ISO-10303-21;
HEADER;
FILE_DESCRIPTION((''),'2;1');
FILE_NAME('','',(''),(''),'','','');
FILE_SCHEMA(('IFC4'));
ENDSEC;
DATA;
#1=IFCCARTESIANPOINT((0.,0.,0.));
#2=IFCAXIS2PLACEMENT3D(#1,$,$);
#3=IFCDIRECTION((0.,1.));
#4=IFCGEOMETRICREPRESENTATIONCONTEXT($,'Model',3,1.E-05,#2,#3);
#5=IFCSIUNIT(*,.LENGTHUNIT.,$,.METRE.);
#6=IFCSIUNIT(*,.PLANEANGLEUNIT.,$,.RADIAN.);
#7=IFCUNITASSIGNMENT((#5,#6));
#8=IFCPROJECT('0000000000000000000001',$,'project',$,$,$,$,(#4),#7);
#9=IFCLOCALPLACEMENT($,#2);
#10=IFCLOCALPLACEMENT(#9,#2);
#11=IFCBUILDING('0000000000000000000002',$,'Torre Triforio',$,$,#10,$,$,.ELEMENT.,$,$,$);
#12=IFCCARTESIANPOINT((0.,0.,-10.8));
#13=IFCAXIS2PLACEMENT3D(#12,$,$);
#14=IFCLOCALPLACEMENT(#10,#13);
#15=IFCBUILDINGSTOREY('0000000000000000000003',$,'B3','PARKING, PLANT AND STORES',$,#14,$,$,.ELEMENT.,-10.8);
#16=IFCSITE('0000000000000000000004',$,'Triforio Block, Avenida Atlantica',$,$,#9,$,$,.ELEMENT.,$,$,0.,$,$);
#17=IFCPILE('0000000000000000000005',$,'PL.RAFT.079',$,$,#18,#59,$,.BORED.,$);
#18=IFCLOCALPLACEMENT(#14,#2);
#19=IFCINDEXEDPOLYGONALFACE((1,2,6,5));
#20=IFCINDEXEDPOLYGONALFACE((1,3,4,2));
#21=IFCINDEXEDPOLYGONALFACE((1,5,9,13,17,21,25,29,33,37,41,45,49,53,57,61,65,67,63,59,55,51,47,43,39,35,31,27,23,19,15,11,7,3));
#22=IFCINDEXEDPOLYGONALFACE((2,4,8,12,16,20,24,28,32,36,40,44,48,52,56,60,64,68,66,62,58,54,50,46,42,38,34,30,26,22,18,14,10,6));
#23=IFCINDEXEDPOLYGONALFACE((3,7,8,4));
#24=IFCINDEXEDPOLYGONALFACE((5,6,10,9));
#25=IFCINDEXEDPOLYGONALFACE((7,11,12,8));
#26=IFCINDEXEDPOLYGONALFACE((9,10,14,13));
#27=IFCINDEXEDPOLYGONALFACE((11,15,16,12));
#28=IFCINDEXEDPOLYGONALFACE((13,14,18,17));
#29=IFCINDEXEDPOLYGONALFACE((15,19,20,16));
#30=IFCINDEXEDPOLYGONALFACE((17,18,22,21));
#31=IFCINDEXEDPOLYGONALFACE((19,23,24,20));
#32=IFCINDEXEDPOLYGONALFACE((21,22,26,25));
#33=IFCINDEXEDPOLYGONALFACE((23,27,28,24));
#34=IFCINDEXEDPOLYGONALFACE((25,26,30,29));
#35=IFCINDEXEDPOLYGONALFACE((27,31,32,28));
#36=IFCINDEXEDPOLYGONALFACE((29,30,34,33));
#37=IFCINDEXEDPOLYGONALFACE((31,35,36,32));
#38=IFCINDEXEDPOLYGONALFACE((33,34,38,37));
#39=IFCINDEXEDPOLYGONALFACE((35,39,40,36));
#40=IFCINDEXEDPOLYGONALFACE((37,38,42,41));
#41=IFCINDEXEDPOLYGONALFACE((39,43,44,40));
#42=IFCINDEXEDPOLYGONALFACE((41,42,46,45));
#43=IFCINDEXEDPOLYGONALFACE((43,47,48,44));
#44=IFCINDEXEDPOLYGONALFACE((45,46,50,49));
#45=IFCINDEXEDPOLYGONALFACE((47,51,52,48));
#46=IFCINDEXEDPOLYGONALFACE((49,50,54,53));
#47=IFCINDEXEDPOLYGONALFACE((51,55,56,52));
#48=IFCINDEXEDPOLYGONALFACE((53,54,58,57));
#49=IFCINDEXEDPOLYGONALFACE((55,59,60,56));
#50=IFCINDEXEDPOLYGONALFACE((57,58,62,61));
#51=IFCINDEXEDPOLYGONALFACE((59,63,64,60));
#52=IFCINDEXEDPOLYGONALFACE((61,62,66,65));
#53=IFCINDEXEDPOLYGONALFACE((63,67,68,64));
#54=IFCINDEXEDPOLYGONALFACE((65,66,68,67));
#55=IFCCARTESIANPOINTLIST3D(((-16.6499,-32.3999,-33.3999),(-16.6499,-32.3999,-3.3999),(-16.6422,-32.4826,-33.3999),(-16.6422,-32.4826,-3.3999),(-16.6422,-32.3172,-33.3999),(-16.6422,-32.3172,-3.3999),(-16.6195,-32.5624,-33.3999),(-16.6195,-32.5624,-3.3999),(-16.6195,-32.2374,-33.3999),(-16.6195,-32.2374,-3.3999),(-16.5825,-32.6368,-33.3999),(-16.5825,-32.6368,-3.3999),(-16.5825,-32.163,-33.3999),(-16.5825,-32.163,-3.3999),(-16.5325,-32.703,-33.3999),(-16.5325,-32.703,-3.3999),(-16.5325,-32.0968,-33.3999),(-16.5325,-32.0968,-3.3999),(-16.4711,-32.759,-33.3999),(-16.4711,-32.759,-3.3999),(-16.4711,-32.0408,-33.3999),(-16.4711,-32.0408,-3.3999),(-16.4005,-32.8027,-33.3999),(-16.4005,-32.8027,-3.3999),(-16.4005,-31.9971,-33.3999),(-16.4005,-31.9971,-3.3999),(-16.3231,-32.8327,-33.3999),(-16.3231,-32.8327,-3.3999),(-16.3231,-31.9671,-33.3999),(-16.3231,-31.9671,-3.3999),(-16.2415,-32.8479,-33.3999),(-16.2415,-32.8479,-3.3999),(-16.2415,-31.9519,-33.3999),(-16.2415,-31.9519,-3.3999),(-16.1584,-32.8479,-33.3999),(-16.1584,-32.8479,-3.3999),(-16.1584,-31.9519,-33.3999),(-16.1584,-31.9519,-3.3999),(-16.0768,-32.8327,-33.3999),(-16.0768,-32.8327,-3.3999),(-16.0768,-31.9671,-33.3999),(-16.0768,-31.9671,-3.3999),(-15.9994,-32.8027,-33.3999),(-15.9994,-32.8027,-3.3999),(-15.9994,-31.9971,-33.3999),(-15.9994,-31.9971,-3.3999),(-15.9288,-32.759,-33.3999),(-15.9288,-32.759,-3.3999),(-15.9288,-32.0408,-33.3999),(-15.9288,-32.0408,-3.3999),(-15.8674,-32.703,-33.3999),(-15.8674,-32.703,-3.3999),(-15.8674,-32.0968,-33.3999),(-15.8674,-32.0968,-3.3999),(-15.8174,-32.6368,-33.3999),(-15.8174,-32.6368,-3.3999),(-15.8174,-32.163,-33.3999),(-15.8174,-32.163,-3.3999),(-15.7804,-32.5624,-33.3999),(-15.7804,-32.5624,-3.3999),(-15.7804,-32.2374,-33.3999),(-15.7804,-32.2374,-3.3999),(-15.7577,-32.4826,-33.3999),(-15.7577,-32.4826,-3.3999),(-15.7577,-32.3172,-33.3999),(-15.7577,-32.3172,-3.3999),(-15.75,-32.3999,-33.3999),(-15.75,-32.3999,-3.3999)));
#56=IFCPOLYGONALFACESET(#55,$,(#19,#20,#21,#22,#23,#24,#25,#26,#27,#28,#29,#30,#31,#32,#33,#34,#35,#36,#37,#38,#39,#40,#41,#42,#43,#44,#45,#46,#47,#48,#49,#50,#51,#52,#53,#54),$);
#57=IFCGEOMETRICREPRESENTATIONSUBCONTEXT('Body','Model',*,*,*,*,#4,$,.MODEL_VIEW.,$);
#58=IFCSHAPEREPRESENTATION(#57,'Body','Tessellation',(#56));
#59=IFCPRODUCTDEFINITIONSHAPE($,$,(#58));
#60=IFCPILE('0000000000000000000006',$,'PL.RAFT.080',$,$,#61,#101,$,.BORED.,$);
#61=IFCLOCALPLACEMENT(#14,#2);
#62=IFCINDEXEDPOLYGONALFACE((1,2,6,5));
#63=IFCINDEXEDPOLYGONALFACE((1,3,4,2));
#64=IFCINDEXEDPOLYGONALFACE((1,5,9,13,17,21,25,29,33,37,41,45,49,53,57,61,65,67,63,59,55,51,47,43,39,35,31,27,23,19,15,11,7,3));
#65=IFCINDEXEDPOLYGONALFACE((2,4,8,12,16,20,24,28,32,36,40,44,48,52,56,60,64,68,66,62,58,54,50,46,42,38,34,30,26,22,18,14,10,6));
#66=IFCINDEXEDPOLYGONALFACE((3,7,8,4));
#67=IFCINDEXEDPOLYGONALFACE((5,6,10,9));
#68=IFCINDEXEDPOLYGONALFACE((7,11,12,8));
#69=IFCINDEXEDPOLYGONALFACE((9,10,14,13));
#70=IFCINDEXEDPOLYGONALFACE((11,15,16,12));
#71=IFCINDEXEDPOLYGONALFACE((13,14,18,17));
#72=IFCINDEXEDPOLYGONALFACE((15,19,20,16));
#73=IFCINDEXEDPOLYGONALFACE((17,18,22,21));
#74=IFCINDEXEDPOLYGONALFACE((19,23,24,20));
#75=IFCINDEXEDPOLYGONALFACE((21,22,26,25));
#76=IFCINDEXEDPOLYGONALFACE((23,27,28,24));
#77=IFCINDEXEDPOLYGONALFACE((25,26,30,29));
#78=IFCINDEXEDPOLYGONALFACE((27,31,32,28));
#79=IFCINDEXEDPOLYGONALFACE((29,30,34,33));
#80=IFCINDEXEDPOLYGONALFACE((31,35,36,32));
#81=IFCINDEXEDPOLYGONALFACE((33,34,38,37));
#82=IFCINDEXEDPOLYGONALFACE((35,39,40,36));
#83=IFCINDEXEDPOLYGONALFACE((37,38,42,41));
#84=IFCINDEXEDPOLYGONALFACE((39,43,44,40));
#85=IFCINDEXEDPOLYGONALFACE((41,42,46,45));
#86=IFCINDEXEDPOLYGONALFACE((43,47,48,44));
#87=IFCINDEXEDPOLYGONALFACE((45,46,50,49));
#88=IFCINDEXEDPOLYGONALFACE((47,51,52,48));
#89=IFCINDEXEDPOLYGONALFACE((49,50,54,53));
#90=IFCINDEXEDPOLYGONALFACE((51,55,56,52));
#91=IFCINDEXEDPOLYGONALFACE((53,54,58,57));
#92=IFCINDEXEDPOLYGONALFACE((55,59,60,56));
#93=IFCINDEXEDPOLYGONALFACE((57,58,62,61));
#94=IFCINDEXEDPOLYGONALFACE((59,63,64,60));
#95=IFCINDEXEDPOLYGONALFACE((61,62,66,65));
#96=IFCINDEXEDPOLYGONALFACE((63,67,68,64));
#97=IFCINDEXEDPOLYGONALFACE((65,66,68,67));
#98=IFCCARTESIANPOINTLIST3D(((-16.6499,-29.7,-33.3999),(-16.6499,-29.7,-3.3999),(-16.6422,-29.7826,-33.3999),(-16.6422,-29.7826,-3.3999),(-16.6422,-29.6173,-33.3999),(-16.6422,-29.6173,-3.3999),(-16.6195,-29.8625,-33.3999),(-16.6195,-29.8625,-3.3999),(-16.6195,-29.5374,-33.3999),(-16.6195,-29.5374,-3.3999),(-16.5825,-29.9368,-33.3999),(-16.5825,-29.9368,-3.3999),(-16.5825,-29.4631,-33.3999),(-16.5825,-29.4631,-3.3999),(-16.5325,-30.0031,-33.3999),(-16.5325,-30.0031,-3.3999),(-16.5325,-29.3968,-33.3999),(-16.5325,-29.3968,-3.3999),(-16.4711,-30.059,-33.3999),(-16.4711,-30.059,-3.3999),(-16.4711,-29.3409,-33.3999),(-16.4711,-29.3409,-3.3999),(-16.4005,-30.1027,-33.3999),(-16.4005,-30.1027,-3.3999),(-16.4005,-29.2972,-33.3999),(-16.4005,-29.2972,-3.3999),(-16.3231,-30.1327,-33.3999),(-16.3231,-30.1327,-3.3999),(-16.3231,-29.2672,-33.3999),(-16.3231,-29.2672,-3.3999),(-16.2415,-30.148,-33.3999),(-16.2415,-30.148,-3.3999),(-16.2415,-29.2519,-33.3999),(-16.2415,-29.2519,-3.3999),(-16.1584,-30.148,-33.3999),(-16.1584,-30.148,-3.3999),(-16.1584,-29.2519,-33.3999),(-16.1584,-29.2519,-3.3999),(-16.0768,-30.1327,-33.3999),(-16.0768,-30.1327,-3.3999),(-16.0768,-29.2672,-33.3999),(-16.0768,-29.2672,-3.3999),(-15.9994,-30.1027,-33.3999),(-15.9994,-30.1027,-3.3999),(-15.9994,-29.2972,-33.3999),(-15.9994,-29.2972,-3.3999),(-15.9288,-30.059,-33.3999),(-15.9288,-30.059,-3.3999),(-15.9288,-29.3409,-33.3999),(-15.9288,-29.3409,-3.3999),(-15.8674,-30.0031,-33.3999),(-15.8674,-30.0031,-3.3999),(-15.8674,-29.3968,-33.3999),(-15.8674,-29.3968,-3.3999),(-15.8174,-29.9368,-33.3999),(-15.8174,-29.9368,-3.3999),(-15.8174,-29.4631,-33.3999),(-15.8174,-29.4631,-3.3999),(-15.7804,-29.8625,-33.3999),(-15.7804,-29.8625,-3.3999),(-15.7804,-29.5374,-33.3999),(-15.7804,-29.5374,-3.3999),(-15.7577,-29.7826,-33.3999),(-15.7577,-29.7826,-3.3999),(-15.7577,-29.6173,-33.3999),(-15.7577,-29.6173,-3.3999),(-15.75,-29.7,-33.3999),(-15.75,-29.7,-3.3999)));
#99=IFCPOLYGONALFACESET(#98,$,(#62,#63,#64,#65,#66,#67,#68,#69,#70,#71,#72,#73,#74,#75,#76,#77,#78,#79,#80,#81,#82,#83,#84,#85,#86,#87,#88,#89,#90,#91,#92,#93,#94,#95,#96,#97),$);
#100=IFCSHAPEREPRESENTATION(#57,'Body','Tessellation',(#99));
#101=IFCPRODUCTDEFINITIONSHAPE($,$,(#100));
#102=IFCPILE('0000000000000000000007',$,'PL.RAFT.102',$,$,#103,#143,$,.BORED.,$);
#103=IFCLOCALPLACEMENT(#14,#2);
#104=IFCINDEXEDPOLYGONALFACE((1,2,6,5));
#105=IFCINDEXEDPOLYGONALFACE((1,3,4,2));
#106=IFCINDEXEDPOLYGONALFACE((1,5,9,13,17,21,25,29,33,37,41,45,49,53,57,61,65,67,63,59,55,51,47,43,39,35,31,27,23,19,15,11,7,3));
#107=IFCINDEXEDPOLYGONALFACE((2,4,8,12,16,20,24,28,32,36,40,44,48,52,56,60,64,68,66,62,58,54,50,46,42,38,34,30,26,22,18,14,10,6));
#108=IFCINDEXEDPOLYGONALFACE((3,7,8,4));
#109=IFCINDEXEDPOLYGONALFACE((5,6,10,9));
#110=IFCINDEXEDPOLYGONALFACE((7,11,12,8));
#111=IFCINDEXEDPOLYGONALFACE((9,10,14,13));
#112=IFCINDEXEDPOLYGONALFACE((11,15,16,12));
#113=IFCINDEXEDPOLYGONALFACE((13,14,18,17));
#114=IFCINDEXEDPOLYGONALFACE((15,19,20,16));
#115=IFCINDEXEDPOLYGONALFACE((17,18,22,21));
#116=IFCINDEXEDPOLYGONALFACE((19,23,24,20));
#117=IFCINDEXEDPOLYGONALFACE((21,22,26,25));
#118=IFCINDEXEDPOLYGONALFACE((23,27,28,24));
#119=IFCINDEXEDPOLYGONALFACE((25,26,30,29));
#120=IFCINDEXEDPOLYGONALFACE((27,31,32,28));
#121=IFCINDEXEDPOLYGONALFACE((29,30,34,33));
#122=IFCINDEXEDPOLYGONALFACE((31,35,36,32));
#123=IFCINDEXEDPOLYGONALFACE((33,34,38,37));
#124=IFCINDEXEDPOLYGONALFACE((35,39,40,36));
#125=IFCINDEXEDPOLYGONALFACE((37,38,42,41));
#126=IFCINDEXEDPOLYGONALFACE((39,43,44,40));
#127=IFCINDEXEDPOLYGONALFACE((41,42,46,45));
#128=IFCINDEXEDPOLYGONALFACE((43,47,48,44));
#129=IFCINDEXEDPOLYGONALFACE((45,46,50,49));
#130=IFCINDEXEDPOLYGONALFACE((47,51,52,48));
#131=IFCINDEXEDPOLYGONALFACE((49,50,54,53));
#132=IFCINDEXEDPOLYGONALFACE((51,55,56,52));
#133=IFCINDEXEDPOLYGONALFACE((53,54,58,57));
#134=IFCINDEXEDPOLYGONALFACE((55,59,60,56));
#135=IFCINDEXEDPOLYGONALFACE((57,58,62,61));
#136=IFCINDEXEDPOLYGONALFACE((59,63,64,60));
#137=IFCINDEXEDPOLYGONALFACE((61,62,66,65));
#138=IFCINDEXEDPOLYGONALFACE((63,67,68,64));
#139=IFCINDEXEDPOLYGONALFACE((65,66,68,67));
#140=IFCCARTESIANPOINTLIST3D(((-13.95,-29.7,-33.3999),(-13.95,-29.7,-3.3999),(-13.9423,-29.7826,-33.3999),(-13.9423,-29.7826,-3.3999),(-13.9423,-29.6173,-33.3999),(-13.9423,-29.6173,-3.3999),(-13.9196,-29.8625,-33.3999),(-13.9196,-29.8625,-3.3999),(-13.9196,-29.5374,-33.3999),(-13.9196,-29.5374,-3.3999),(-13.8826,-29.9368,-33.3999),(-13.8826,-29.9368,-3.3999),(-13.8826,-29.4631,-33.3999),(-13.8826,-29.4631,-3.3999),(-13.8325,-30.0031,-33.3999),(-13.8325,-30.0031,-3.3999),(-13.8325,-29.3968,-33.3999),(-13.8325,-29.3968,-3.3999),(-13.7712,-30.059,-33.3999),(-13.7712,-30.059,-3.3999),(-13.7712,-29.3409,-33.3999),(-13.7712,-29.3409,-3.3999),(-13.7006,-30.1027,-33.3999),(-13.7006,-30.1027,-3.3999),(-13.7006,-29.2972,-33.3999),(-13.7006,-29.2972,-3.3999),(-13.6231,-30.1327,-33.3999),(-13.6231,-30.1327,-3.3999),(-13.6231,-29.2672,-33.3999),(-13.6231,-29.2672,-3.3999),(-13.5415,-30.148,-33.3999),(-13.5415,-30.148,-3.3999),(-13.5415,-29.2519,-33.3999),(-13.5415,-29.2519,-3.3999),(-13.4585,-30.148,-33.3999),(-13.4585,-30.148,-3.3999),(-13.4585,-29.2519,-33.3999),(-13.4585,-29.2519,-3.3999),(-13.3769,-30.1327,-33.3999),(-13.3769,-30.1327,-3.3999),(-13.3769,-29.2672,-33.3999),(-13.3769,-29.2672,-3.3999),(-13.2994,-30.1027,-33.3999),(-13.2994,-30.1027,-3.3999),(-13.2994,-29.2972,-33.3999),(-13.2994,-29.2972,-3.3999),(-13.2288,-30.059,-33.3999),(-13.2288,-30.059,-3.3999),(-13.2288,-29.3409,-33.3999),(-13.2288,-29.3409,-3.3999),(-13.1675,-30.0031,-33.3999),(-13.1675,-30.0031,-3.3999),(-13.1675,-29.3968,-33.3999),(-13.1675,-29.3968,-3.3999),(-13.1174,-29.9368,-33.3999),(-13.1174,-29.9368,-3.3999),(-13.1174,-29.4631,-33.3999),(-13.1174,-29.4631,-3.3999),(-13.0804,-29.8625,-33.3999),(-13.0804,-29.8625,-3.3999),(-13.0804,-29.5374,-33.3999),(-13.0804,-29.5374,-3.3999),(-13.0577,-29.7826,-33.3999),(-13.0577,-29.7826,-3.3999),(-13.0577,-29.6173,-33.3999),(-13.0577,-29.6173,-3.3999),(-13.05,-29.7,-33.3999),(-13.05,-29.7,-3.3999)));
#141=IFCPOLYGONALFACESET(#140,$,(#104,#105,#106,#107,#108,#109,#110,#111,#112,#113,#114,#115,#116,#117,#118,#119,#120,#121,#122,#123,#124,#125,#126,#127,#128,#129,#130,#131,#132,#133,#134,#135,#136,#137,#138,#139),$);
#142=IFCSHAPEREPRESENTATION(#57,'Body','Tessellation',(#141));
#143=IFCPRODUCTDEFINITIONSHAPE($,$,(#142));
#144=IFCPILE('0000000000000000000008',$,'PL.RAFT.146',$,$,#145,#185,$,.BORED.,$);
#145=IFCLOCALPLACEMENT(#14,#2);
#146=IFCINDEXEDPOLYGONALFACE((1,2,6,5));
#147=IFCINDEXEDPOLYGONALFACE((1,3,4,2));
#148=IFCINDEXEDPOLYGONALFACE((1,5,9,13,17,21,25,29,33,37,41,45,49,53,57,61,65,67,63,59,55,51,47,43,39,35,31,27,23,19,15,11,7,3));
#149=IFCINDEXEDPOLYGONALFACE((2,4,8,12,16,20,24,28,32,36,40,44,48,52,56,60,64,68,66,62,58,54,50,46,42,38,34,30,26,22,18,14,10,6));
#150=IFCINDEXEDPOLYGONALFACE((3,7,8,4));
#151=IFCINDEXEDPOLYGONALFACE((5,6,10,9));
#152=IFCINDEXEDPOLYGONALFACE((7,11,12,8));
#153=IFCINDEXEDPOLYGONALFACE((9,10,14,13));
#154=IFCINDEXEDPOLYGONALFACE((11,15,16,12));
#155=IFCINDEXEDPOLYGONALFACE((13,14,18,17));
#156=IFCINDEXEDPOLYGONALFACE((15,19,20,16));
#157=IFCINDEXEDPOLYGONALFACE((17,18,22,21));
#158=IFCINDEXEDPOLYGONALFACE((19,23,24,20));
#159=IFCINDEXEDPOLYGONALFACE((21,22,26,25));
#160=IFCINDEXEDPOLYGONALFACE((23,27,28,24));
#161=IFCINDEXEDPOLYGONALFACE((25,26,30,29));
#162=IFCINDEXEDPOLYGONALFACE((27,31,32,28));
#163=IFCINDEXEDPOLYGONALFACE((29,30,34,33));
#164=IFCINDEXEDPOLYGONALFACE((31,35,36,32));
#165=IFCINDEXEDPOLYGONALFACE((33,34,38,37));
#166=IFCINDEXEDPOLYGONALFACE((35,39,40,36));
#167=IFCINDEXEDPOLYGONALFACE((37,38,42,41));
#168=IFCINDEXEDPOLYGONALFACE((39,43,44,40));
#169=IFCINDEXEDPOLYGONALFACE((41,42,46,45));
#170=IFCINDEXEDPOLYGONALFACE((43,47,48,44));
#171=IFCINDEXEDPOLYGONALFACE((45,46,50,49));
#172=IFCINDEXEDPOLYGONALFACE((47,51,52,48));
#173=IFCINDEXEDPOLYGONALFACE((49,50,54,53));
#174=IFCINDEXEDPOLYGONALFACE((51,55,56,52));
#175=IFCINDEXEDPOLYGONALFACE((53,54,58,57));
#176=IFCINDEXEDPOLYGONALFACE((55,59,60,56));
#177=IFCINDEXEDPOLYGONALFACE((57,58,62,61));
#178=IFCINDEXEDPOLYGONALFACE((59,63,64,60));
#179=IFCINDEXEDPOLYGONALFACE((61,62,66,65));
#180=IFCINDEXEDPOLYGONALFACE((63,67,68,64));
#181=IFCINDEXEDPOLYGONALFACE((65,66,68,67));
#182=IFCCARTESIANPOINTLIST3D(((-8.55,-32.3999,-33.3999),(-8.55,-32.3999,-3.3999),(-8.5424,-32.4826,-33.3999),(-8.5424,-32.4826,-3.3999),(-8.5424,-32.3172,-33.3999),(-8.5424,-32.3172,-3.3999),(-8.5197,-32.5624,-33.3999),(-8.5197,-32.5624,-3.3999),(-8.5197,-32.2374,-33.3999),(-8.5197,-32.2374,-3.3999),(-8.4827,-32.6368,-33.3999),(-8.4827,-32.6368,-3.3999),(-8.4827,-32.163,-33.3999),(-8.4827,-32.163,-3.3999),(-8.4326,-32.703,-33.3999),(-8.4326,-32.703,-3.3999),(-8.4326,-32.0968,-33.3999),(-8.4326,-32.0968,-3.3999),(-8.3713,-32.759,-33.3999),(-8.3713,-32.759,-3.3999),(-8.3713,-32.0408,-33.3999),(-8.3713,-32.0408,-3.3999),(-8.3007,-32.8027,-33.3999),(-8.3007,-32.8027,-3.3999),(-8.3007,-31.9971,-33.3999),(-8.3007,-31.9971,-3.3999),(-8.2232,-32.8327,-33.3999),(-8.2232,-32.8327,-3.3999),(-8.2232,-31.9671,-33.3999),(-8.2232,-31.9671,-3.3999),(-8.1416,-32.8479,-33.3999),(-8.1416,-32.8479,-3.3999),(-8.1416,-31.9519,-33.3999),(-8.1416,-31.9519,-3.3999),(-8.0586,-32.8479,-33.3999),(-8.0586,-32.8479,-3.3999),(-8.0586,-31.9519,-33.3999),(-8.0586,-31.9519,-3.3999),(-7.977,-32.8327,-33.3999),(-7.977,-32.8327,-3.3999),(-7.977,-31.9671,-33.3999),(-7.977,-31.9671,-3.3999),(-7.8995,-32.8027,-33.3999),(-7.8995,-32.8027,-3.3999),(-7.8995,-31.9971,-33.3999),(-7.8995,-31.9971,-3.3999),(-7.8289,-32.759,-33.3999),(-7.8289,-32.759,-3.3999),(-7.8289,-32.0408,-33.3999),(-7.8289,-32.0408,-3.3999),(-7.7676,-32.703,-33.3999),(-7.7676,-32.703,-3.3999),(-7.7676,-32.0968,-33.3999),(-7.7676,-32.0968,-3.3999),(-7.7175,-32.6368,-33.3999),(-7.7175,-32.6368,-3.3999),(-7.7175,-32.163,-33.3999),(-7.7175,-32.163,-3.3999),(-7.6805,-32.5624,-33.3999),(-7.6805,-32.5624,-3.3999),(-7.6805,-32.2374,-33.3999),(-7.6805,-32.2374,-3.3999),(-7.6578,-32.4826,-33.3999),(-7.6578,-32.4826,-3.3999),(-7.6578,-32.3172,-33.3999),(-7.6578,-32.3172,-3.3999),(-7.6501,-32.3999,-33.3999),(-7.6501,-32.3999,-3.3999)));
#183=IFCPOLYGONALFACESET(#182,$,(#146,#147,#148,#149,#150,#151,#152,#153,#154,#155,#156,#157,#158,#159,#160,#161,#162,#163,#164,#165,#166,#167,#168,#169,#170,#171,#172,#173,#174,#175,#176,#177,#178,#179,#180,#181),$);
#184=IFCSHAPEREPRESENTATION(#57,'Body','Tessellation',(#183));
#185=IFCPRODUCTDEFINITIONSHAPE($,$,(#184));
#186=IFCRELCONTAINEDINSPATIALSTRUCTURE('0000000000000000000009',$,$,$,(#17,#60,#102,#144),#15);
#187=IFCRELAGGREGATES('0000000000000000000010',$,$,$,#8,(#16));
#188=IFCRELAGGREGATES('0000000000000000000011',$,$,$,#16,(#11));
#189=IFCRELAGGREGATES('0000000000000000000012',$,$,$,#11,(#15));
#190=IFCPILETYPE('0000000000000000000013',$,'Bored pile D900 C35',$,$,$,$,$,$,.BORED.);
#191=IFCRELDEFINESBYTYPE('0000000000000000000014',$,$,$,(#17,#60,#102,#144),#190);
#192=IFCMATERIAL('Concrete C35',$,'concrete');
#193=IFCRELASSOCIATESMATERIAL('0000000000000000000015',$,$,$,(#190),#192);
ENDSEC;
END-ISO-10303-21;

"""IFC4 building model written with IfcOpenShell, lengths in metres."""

from ifc_helpers import new_model, si_unit, direction, frame, origin, origin_2d, place, context, subcontext, project, spatial, circle, extrude, material, material_profile, profile_set, type_object, element, save


model = new_model("IFC4")

# Units and contexts
model_context = context("Model", 3, precision=1e-05, world=origin(), true_north=direction((0.0, 1.0)))
body_context = subcontext(model_context, "Body", "Model", "MODEL_VIEW")
ifc_project = project(units=[si_unit("LENGTHUNIT", "METRE"), si_unit("PLANEANGLEUNIT", "RADIAN")], contexts=[model_context])

# Site, building, storey
site_placement = place(None, origin())
site = spatial("IfcSite", under=ifc_project, at=site_placement, Name="Triforio Block, Avenida Atlantica", CompositionType="ELEMENT", RefElevation=0.0)
building_placement = place(site_placement, origin())
building = spatial("IfcBuilding", under=site, at=building_placement, Name="Torre Triforio", CompositionType="ELEMENT")
storey_placement = place(building_placement, frame((0.0, 0.0, -10.8)))
storey = spatial("IfcBuildingStorey", under=building, at=storey_placement, Name="B3", Description="PARKING, PLANT AND STORES", CompositionType="ELEMENT", Elevation=-10.8)

# Piles
ifc_material_1 = material(Name="Concrete C35", Category="concrete")
ifc_material_profile_1 = material_profile(ifc_material_1, circle(Radius=0.45, at=origin_2d()), Name="RC D900")
ifc_profile_set_1 = profile_set([ifc_material_profile_1], Name="Concrete C35")
pile_type = type_object("IfcPileType", Name="Bored pile D900 C35", PredefinedType="BORED", material=ifc_profile_set_1)
for number, where, z_axis, x_axis, name in (
    (1, (-16.2, -32.3999, -3.3999), (0.0, 0.0, -1.0), (1.0, 0.0, 0.0), "PL.RAFT.079"),
    (2, (-16.2, -29.7, -3.3999), (0.0, 0.0, -1.0), (1.0, 0.0, 0.0), "PL.RAFT.080"),
    (3, (-13.5, -29.7, -3.3999), (0.0, 0.0, -1.0), (1.0, 0.0, 0.0), "PL.RAFT.102"),
    (4, (-8.1001, -32.3999, -3.3999), (0.0, 0.0, -1.0), (1.0, 0.0, 0.0), "PL.RAFT.146"),
):
    element("IfcPile", number, at=place(storey_placement, frame(where, z_axis=z_axis, x_axis=x_axis)), inside=storey, type_object=pile_type, Name=name, PredefinedType="BORED", context=body_context, shape_type="SweptSolid", body=[
        extrude(circle(Radius=0.45, at=origin_2d()), origin(), (0.0, 0.0, 1.0), 30.0),
    ])

save(model, "model.ifc")
